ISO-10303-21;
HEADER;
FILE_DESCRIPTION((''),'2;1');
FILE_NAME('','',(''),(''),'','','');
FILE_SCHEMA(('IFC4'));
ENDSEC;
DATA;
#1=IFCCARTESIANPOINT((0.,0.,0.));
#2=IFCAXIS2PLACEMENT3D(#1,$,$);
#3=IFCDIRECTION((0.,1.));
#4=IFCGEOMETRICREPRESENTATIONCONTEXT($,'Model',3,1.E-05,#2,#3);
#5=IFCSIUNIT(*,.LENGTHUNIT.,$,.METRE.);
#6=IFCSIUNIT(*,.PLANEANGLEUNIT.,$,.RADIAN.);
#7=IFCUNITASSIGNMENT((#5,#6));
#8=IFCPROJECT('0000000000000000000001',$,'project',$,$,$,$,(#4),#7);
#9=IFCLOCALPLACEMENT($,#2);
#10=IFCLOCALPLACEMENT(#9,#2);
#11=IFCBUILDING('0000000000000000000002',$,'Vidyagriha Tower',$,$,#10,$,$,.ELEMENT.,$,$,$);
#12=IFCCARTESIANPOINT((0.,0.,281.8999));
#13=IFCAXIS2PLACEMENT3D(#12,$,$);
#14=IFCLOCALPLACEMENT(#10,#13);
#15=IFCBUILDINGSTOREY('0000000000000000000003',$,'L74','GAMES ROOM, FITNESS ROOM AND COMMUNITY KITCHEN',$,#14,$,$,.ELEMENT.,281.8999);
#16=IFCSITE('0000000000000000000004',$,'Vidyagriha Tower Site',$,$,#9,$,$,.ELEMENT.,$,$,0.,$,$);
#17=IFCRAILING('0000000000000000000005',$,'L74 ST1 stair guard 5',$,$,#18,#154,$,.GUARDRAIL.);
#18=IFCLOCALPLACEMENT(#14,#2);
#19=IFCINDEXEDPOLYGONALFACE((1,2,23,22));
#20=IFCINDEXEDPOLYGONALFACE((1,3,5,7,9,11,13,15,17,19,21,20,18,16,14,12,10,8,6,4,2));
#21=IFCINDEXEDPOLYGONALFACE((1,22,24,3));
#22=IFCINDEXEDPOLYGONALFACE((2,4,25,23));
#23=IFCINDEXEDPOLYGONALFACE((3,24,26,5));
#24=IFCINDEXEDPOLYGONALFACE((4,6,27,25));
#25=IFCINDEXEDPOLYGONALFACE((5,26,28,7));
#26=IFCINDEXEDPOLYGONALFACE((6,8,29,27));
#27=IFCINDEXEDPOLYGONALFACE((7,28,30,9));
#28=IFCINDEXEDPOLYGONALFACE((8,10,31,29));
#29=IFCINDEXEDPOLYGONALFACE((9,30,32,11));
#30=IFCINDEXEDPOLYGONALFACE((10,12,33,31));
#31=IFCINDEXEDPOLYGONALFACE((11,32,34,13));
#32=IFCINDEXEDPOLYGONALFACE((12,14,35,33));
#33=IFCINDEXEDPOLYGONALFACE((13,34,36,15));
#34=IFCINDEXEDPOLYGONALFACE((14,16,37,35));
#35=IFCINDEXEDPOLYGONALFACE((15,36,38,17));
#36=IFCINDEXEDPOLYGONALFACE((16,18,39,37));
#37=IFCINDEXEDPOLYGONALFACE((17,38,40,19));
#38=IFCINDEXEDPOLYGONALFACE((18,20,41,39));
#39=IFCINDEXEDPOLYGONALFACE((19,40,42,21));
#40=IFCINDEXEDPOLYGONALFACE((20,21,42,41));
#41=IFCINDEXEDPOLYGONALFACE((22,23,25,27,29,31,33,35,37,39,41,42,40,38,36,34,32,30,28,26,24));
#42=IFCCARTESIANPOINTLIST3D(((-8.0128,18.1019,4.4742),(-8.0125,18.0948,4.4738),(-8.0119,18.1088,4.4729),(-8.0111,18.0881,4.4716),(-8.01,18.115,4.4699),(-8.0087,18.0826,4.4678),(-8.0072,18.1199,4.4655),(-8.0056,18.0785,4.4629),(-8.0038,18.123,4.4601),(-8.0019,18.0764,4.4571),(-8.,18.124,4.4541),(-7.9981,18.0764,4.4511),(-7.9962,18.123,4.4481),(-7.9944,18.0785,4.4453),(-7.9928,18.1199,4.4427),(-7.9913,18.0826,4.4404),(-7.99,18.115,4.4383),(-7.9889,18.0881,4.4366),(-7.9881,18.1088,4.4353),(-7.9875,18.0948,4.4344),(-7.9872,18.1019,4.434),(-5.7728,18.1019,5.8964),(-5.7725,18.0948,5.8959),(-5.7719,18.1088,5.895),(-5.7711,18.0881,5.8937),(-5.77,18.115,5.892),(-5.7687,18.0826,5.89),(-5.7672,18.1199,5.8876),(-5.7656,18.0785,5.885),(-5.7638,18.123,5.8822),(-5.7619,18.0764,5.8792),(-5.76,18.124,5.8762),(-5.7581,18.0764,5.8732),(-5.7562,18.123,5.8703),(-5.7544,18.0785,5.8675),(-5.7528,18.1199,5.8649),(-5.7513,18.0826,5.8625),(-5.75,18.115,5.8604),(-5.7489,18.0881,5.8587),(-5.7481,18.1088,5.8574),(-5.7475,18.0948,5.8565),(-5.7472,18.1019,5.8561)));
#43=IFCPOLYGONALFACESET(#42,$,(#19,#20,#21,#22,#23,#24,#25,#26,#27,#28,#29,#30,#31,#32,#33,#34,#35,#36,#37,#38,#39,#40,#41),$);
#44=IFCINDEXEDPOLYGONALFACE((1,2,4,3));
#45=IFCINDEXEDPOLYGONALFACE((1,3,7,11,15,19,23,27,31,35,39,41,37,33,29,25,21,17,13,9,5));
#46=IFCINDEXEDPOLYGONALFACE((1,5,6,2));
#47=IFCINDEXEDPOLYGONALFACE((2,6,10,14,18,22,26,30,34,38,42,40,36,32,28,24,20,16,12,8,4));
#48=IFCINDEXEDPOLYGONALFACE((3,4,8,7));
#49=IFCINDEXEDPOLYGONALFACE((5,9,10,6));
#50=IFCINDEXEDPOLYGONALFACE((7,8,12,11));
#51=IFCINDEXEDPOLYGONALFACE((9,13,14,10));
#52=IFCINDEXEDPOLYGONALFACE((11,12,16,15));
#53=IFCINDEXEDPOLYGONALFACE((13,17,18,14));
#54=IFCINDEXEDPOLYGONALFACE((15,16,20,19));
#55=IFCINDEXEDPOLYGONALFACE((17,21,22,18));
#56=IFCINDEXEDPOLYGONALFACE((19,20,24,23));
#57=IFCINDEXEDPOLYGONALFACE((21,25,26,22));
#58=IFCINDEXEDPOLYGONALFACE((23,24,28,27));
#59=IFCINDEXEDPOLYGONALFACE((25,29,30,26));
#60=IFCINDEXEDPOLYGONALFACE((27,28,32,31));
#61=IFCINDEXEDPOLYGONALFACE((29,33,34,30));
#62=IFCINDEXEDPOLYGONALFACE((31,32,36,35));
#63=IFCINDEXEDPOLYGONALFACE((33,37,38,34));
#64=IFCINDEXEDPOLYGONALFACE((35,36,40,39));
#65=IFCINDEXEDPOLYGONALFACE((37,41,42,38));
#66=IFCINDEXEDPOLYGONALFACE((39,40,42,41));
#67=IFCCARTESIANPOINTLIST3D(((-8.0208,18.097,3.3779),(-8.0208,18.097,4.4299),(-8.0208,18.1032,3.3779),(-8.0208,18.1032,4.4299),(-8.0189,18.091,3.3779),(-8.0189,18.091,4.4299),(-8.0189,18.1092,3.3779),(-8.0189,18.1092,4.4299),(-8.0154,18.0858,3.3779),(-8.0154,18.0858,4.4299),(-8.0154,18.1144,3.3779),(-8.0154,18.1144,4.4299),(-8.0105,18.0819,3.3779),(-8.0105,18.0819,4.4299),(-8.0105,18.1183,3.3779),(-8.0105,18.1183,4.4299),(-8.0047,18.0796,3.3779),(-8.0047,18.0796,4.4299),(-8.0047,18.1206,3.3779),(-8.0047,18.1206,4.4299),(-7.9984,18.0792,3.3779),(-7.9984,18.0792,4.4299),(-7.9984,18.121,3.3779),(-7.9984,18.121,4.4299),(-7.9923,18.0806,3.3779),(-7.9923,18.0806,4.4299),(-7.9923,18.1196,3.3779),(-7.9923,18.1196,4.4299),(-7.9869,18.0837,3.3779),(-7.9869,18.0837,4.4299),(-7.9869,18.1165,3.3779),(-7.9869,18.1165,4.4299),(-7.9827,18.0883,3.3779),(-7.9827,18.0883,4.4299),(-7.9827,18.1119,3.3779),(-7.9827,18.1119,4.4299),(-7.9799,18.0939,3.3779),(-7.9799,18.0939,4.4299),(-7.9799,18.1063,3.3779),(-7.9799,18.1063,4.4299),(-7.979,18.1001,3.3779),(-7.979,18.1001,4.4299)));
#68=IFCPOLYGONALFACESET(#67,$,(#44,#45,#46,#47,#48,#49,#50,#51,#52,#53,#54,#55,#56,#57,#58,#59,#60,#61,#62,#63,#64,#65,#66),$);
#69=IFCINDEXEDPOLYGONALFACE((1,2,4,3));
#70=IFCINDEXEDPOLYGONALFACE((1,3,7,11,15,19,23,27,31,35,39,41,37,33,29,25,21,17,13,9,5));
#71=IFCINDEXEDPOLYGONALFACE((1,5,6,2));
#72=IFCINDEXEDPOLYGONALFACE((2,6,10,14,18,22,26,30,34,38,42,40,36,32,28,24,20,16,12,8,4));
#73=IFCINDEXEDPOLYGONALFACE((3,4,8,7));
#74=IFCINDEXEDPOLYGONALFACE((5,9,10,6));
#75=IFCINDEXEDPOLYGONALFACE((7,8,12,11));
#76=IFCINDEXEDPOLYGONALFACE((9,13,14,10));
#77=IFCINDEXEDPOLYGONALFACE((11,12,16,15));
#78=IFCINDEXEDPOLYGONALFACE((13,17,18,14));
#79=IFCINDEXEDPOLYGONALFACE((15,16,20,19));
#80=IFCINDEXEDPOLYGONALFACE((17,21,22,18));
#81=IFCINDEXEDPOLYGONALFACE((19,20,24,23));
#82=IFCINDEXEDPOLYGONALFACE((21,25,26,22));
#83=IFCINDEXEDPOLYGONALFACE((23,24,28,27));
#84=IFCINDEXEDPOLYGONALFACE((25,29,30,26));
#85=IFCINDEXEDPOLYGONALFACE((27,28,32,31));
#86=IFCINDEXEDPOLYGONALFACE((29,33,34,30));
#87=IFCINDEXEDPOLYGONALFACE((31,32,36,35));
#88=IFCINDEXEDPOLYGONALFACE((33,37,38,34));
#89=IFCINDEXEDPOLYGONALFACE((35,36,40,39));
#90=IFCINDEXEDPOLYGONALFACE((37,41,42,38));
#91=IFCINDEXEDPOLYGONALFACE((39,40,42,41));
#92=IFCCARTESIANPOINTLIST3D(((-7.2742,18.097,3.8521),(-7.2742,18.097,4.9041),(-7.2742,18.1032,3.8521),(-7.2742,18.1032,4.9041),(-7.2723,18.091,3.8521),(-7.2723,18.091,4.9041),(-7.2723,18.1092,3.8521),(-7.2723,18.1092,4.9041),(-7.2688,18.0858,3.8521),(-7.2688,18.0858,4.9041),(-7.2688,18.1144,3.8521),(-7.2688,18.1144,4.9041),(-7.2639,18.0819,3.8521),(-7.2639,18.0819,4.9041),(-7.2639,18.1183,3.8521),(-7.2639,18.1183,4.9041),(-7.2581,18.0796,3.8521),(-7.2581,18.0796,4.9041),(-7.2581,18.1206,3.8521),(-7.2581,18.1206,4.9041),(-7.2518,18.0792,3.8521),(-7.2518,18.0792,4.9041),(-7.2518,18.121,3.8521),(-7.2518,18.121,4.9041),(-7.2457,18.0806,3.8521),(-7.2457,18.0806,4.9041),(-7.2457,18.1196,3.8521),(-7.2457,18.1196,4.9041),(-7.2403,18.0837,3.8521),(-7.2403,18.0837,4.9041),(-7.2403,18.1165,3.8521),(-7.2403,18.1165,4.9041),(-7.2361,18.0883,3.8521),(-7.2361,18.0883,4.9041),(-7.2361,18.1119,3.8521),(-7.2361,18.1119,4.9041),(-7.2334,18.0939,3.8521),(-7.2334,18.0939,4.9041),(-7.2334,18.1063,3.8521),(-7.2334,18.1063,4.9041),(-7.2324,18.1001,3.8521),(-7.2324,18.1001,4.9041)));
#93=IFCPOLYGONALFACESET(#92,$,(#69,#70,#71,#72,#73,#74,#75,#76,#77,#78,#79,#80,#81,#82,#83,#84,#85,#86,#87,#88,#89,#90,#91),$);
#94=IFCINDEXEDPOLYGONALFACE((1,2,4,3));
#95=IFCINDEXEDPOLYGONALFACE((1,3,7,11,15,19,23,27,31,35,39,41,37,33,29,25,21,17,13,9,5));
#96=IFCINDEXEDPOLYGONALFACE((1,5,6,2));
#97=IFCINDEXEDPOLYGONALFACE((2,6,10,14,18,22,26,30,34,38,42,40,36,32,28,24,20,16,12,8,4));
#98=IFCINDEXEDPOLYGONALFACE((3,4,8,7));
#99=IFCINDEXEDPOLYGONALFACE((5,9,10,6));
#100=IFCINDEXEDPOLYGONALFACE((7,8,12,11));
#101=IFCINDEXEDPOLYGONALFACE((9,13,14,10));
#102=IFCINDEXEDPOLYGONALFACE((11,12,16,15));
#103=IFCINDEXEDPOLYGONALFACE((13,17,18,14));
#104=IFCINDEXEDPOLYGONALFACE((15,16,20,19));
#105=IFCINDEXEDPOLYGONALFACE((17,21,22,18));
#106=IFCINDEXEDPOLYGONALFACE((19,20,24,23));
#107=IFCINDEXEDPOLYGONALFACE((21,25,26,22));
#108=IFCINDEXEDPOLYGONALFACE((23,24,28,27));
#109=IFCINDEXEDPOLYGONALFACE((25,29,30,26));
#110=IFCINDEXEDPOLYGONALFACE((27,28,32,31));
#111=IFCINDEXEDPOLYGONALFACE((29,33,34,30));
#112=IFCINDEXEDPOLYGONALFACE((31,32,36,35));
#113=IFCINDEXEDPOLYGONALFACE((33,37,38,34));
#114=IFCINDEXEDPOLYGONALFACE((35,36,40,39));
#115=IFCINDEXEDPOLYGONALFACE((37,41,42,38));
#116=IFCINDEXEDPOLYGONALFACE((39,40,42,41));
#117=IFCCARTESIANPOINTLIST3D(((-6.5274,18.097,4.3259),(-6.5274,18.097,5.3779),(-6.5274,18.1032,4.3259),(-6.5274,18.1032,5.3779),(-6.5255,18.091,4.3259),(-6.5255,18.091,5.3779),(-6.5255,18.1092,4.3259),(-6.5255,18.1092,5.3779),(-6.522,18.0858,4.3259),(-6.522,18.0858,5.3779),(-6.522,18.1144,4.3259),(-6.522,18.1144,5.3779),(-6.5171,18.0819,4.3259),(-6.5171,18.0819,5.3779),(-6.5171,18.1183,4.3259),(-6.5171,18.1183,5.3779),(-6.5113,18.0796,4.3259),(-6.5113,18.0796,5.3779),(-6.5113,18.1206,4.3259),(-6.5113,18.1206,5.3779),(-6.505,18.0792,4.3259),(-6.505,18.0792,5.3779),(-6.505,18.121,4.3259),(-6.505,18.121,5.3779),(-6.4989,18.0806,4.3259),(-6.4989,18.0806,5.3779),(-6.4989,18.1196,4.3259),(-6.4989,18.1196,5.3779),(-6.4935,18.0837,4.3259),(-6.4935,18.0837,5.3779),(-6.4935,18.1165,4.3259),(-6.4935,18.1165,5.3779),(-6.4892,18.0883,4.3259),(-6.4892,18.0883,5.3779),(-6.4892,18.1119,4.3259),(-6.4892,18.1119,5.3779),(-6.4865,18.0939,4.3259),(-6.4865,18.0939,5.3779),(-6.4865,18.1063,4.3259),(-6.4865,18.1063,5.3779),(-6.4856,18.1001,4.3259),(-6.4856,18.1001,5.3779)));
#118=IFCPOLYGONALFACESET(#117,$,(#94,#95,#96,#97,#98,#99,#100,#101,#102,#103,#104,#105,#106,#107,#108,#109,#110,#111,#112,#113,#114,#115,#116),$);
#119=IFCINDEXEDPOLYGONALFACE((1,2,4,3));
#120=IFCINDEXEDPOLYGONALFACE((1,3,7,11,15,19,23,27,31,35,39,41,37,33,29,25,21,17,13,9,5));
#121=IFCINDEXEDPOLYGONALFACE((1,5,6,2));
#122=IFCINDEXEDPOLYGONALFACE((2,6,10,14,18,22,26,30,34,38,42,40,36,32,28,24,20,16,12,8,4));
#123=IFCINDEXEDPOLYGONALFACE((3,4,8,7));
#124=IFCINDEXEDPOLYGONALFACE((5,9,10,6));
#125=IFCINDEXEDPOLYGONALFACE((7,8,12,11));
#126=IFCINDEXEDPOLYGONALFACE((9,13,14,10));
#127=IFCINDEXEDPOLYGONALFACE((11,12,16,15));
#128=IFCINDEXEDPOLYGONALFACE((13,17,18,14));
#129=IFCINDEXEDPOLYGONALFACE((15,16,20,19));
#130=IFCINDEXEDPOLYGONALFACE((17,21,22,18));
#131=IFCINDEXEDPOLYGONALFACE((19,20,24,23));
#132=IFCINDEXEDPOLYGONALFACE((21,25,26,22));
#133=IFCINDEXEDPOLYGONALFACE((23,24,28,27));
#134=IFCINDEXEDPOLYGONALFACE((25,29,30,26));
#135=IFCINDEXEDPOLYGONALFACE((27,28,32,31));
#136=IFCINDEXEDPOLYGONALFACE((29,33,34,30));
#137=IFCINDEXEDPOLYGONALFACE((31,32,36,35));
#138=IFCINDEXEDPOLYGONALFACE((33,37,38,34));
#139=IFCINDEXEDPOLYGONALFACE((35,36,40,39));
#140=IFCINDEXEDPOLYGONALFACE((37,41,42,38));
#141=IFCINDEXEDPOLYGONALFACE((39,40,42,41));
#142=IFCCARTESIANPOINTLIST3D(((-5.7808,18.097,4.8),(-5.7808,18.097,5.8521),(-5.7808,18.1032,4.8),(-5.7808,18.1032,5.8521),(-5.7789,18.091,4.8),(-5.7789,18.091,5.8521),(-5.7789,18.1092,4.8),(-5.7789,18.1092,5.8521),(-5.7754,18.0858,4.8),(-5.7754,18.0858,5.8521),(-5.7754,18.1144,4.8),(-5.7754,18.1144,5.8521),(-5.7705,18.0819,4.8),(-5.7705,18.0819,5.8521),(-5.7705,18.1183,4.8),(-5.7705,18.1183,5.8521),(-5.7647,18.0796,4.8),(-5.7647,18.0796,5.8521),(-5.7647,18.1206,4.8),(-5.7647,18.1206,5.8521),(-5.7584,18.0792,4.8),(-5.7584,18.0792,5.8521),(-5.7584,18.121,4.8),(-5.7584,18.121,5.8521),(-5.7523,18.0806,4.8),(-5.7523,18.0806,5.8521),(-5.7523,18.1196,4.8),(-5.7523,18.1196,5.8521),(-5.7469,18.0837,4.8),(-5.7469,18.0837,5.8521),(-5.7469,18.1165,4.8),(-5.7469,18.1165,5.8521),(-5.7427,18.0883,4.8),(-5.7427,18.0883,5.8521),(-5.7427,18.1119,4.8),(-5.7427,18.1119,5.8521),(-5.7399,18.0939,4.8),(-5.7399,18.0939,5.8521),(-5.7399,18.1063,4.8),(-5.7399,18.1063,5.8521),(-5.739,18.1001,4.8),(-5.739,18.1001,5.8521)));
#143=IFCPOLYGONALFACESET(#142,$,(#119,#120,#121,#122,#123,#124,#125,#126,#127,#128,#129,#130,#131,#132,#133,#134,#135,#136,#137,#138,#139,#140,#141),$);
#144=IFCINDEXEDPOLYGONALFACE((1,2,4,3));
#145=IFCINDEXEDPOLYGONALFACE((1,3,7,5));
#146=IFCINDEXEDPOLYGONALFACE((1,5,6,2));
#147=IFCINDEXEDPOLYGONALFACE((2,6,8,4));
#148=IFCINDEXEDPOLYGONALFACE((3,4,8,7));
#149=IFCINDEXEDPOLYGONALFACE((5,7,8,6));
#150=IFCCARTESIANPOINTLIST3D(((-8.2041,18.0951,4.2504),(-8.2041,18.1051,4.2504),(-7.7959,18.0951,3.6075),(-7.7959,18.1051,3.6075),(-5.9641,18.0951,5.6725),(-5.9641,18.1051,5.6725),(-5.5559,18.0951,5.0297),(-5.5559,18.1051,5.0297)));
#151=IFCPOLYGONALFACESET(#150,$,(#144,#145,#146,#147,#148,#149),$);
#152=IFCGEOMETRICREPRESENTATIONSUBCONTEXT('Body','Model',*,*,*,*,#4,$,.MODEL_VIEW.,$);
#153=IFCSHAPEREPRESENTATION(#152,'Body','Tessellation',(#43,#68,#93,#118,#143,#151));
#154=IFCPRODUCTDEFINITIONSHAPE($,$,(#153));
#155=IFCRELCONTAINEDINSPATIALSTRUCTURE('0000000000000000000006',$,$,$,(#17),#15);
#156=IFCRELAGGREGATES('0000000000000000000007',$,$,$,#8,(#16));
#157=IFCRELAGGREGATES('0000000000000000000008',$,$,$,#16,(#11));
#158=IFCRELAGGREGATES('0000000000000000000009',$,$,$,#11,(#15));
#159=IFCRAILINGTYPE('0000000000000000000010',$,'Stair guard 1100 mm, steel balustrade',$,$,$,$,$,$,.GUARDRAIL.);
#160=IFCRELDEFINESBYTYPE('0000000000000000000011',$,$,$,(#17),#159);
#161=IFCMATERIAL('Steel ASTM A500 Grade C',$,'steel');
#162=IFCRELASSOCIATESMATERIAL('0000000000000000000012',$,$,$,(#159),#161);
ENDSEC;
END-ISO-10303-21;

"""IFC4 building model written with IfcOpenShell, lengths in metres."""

from ifc_helpers import new_model, si_unit, direction, frame, origin, origin_2d, place, context, subcontext, project, spatial, rectangle, circle, extrude, material, type_object, element, save


model = new_model("IFC4")

# Units and contexts
model_context = context("Model", 3, precision=1e-05, world=origin(), true_north=direction((0.0, 1.0)))
body_context = subcontext(model_context, "Body", "Model", "MODEL_VIEW")
ifc_project = project(units=[si_unit("LENGTHUNIT", "METRE"), si_unit("PLANEANGLEUNIT", "RADIAN")], contexts=[model_context])

# Site, building, storey
site_placement = place(None, origin())
site = spatial("IfcSite", under=ifc_project, at=site_placement, Name="Vidyagriha Tower Site", CompositionType="ELEMENT", RefElevation=0.0)
building_placement = place(site_placement, origin())
building = spatial("IfcBuilding", under=site, at=building_placement, Name="Vidyagriha Tower", CompositionType="ELEMENT")
storey_placement = place(building_placement, frame((0.0, 0.0, 281.8999)))
storey = spatial("IfcBuildingStorey", under=building, at=storey_placement, Name="L74", Description="GAMES ROOM, FITNESS ROOM AND COMMUNITY KITCHEN", CompositionType="ELEMENT", Elevation=281.8999)

# Railing
ifc_material_1 = material(Name="Steel ASTM A500 Grade C", Category="steel")
railing_type_1 = type_object("IfcRailingType", Name="Stair guard 1100 mm, steel balustrade", PredefinedType="GUARDRAIL", material=ifc_material_1)
railing_1_placement = place(storey_placement, frame((-8.0, 18.1001, 3.3779)))
element("IfcRailing", 1, at=railing_1_placement, inside=storey, type_object=railing_type_1, Name="L74 ST1 stair guard 5", PredefinedType="GUARDRAIL", context=body_context, shape_type="SweptSolid", body=[
    extrude(circle(Radius=0.0239, at=origin_2d()), frame((0.0, 0.0, 1.0762), z_axis=(0.844229, 0.0, 0.535982), x_axis=(0.0, 1.0, 0.0)), (0.0, 0.0, 1.0), 2.6533),
    extrude(circle(Radius=0.021, at=origin_2d()), origin(), (0.0, 0.0, 1.0), 1.052),
    extrude(circle(Radius=0.021, at=origin_2d()), frame((0.7466, 0.0, 0.4741)), (0.0, 0.0, 1.0), 1.052),
    extrude(circle(Radius=0.021, at=origin_2d()), frame((1.4934, 0.0, 0.948)), (0.0, 0.0, 1.0), 1.052),
    extrude(circle(Radius=0.021, at=origin_2d()), frame((2.24, 0.0, 1.4221)), (0.0, 0.0, 1.0), 1.052),
    extrude(rectangle(XDim=0.01, YDim=0.7615, at=origin_2d()), frame((0.0, 0.0, 0.551), z_axis=(0.844229, 0.0, 0.535982), x_axis=(0.0, 1.0, 0.0)), (0.0, 0.0, 1.0), 2.6533),
])

save(model, "model.ifc")
